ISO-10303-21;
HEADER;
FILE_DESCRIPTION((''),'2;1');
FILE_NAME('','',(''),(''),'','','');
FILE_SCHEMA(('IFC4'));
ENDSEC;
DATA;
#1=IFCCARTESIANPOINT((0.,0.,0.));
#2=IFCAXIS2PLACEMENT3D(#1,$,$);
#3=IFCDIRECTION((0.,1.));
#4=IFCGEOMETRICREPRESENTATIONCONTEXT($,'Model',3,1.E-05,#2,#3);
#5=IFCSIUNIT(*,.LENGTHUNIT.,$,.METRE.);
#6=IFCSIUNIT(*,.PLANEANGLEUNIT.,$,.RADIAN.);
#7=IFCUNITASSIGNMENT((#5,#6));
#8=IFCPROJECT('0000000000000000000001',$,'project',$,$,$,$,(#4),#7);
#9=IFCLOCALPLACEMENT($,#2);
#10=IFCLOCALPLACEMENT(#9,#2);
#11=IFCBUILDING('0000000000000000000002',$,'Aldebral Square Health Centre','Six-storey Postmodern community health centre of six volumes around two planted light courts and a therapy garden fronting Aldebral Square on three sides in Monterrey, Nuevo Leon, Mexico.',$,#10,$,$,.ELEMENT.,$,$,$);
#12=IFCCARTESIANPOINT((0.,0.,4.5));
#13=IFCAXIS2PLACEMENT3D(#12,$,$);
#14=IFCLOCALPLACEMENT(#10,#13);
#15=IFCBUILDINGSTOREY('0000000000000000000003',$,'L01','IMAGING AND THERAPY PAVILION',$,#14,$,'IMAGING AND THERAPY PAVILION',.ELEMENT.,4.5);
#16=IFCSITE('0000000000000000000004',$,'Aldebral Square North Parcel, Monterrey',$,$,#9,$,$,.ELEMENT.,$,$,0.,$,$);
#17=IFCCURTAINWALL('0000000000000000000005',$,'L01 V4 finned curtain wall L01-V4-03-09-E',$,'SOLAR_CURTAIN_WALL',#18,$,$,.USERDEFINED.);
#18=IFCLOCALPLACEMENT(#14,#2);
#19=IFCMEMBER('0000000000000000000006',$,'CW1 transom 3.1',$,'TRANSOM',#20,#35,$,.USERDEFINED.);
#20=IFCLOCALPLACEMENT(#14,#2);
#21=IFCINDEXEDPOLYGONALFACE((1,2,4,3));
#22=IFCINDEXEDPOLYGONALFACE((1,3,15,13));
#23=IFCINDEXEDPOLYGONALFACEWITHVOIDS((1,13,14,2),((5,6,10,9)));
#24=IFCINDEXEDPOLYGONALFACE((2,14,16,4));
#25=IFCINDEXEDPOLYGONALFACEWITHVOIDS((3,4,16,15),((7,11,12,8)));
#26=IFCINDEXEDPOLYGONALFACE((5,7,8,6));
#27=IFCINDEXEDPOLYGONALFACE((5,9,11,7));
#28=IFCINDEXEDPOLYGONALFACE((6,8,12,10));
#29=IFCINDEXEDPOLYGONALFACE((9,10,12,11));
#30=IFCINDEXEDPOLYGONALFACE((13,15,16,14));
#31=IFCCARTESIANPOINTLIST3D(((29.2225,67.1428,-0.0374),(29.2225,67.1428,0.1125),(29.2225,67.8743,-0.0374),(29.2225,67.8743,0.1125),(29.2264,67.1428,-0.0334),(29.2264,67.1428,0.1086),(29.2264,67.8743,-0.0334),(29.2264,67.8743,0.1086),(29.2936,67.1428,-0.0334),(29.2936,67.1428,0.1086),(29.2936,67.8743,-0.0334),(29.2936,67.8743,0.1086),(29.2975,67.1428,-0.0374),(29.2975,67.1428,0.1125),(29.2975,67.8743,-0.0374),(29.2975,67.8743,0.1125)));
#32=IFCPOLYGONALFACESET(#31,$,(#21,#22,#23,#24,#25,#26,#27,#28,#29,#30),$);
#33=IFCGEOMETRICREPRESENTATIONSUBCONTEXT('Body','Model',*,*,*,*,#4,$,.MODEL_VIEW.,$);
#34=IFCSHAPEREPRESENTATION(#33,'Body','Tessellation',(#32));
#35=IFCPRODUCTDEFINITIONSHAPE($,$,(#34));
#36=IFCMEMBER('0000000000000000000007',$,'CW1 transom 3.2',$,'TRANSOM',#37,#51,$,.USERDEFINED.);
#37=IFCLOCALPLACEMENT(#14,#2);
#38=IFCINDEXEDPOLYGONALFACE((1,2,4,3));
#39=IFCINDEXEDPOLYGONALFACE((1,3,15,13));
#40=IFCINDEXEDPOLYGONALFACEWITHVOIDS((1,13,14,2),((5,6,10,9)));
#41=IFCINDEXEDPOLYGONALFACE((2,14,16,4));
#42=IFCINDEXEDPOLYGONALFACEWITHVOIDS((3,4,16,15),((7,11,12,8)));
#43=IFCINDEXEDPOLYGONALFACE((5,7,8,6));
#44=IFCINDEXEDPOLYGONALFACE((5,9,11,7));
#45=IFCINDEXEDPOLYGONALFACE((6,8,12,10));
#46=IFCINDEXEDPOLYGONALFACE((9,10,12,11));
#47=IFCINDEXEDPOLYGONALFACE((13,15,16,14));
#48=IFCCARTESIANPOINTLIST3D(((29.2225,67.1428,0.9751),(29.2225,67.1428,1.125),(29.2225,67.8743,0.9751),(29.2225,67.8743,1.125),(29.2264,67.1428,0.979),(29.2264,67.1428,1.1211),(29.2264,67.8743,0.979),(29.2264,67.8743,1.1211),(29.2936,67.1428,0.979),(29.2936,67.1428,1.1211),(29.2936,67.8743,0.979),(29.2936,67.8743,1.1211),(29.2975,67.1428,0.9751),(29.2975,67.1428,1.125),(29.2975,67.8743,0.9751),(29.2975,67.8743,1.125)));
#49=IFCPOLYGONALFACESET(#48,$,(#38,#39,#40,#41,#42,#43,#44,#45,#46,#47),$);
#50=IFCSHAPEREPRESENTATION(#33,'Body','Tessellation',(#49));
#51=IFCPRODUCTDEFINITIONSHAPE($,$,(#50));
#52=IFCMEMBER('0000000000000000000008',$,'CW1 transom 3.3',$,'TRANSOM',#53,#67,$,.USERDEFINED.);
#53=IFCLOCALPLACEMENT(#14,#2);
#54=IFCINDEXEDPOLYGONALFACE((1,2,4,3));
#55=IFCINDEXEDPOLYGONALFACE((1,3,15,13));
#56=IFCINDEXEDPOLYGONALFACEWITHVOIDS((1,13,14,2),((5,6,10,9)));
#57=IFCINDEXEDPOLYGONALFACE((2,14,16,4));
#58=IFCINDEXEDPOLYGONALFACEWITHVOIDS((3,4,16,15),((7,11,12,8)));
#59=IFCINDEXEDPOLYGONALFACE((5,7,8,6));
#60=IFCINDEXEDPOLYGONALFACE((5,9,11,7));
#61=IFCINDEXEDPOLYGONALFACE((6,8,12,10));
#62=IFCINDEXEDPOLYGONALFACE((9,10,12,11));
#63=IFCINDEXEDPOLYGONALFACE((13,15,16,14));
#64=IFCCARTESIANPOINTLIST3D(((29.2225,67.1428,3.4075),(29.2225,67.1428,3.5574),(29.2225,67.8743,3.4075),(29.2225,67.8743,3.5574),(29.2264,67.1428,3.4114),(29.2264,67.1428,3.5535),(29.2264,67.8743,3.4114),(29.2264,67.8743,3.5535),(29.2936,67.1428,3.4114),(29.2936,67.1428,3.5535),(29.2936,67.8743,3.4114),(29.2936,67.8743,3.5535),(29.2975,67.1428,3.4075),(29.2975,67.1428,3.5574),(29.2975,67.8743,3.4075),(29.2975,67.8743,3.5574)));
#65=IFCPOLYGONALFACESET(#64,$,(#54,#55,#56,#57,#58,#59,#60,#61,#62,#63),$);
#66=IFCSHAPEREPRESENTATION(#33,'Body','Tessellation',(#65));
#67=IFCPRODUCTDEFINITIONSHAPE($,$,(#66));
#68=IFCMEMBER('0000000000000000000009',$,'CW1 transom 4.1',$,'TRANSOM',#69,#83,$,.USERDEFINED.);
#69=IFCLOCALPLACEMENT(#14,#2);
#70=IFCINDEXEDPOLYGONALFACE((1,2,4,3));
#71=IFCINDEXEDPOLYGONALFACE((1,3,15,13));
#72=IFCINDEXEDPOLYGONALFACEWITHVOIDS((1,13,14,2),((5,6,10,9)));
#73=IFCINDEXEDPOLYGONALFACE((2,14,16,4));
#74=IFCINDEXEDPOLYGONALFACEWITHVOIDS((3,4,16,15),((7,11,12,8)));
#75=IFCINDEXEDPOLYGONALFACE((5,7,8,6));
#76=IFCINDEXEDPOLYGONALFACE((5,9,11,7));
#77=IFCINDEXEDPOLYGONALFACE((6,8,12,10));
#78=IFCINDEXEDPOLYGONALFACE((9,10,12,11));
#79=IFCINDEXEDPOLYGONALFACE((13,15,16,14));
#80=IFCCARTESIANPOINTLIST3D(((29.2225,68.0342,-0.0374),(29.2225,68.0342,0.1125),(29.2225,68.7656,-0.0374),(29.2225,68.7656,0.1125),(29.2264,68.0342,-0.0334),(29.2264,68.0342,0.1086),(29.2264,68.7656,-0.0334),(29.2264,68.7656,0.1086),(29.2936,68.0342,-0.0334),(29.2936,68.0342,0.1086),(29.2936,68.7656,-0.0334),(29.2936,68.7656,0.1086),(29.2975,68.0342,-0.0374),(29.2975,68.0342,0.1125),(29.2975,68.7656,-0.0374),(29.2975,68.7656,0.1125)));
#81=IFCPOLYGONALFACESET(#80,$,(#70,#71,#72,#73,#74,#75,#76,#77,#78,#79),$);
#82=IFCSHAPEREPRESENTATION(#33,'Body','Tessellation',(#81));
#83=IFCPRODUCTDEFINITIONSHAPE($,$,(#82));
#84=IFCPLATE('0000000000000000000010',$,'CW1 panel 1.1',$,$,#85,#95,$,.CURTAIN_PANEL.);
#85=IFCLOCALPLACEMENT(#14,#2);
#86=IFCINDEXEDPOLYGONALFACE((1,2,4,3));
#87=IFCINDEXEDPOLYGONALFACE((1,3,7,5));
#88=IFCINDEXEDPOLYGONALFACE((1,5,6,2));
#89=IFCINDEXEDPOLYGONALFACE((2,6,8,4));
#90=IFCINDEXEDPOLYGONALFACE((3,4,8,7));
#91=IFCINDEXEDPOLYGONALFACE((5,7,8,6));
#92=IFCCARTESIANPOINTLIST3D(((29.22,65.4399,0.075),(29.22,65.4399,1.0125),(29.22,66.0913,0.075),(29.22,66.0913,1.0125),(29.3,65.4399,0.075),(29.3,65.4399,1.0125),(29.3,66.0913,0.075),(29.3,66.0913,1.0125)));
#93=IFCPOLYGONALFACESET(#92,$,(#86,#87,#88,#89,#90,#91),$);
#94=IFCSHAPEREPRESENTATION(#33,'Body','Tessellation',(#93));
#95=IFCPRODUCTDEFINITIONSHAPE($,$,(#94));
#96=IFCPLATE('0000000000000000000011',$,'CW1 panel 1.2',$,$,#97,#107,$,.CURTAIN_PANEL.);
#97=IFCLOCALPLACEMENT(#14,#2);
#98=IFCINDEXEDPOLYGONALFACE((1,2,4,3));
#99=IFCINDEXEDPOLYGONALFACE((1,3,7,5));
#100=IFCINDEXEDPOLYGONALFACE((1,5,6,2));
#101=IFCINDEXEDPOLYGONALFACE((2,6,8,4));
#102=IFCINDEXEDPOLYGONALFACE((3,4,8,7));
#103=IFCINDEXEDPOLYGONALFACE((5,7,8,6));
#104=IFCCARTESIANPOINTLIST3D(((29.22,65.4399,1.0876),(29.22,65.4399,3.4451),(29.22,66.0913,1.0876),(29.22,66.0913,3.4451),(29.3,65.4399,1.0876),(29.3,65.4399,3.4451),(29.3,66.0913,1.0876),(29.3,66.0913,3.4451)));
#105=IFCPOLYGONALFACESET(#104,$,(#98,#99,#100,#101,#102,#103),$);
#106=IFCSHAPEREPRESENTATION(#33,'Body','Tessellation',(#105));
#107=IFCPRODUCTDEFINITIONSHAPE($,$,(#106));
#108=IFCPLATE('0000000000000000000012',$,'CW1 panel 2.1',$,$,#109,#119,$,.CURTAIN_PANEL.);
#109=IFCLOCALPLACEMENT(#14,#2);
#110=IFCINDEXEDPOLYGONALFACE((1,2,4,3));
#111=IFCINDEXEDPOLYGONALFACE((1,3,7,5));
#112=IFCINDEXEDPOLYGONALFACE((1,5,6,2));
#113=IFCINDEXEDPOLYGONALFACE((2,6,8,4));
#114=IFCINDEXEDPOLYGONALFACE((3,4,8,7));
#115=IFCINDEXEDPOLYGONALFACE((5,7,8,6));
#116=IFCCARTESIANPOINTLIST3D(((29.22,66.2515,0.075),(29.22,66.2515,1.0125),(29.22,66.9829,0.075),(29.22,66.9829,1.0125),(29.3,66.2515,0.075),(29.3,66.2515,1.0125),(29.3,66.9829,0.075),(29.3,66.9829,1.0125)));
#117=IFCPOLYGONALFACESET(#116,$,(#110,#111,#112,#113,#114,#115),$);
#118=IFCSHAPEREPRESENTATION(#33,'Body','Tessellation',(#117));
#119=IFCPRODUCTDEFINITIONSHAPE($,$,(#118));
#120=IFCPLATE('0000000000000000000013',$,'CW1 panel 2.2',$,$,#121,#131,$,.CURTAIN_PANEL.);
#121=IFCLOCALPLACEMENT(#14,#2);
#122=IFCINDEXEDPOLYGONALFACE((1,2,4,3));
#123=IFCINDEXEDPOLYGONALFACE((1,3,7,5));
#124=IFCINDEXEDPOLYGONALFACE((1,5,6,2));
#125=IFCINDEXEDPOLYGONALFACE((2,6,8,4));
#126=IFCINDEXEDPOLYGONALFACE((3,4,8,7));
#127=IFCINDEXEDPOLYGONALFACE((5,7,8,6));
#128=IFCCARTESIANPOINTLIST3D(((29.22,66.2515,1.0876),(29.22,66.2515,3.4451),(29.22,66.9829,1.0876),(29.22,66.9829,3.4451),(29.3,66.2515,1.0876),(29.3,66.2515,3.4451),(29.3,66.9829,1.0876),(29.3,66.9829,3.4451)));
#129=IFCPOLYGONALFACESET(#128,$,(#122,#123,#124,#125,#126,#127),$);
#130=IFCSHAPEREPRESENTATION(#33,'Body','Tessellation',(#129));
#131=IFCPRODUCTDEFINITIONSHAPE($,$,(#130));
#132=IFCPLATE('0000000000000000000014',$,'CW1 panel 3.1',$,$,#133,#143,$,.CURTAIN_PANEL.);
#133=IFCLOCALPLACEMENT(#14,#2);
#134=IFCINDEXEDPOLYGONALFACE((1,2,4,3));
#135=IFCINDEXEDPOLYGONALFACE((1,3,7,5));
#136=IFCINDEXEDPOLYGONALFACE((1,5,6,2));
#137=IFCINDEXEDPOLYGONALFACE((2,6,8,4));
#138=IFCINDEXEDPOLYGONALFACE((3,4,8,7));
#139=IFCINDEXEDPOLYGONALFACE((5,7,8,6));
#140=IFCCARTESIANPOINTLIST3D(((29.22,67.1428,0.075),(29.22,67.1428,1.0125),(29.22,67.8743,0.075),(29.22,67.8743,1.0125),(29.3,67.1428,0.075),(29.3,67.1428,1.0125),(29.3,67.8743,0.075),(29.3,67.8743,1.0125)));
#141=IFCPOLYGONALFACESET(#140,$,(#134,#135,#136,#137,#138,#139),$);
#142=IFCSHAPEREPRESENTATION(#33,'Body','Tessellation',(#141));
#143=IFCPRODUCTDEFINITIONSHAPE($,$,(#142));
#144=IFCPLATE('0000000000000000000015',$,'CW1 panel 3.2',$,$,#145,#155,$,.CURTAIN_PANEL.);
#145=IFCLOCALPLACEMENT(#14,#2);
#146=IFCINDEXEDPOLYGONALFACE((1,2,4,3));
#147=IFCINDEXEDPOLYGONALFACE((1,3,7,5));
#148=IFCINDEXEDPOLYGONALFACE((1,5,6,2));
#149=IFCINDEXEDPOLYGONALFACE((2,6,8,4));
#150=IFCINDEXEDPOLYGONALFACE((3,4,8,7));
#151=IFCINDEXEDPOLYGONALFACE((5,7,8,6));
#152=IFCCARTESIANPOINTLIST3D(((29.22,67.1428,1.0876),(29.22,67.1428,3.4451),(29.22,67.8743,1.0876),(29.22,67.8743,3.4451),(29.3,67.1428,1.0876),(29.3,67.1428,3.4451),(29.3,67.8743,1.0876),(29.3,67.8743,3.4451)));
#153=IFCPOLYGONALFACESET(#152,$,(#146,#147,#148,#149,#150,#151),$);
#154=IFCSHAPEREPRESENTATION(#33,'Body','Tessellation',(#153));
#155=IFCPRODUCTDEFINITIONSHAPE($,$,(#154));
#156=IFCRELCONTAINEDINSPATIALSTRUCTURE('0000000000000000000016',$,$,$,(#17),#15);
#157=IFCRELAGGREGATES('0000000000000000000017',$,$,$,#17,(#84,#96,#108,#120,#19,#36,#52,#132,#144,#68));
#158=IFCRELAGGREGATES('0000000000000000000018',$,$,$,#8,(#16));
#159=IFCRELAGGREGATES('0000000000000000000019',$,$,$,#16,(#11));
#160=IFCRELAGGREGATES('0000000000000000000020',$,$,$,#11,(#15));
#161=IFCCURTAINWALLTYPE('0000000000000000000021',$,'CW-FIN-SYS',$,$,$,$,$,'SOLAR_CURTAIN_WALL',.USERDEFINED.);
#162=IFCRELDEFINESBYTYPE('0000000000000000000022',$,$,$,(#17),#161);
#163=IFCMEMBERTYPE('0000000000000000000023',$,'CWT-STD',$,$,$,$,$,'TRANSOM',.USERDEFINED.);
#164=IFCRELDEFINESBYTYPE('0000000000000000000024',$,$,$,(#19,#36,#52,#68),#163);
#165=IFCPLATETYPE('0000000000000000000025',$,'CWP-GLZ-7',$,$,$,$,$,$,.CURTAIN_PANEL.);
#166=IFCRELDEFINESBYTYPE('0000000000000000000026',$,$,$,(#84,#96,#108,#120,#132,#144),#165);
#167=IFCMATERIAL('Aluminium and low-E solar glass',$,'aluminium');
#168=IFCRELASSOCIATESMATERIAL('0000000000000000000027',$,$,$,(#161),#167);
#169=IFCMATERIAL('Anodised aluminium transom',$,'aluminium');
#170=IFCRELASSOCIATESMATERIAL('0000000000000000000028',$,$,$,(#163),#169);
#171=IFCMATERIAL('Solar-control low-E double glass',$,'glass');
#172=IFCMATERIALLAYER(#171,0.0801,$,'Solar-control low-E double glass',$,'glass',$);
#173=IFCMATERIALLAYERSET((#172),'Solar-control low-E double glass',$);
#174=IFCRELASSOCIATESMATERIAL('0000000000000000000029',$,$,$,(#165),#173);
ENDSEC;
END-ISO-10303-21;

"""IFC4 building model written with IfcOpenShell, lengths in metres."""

from ifc_helpers import new_model, si_unit, direction, frame, origin, origin_2d, place, context, subcontext, project, spatial, rectangle, hollow_rectangle, extrude, material, layer, layer_set, material_profile, profile_set, type_object, element, aggregate, save


model = new_model("IFC4")

# Units and contexts
model_context = context("Model", 3, precision=1e-05, world=origin(), true_north=direction((0.0, 1.0)))
body_context = subcontext(model_context, "Body", "Model", "MODEL_VIEW")
ifc_project = project(units=[si_unit("LENGTHUNIT", "METRE"), si_unit("PLANEANGLEUNIT", "RADIAN")], contexts=[model_context])

# Site, building, storey
site_placement = place(None, origin())
site = spatial("IfcSite", under=ifc_project, at=site_placement, Name="Aldebral Square North Parcel, Monterrey", CompositionType="ELEMENT", RefElevation=0.0)
building_placement = place(site_placement, origin())
building = spatial("IfcBuilding", under=site, at=building_placement, Name="Aldebral Square Health Centre", Description="Six-storey Postmodern community health centre of six volumes around two planted light courts and a therapy garden fronting Aldebral Square on three sides in Monterrey, Nuevo Leon, Mexico.", CompositionType="ELEMENT")
storey_placement = place(building_placement, frame((0.0, 0.0, 4.5)))
storey = spatial("IfcBuildingStorey", under=building, at=storey_placement, Name="L01", Description="IMAGING AND THERAPY PAVILION", LongName="IMAGING AND THERAPY PAVILION", CompositionType="ELEMENT", Elevation=4.5)

# Shared definitions
ifc_material_1 = material(Name="Aluminium and low-E solar glass", Category="aluminium")
curtain_wall_type = type_object("IfcCurtainWallType", Name="CW-FIN-SYS", ElementType="SOLAR_CURTAIN_WALL", PredefinedType="USERDEFINED", material=ifc_material_1)

# Curtain wall, members, plates
curtain_wall_1_placement = place(storey_placement, origin())
curtain_wall_1 = element("IfcCurtainWall", 1, at=curtain_wall_1_placement, inside=storey, type_object=curtain_wall_type, Name="L01 V4 finned curtain wall L01-V4-03-09-E", ObjectType="SOLAR_CURTAIN_WALL", PredefinedType="USERDEFINED")
ifc_material_2 = material(Name="Anodised aluminium transom", Category="aluminium")
ifc_material_profile_1 = material_profile(ifc_material_2, hollow_rectangle(XDim=0.075, YDim=0.1499, WallThickness=0.0039, at=origin_2d()), Name="CWT 75x150x4")
ifc_profile_set_1 = profile_set([ifc_material_profile_1], Name="Anodised aluminium transom")
member_type_1 = type_object("IfcMemberType", Name="CWT-STD", ElementType="TRANSOM", PredefinedType="USERDEFINED", material=ifc_profile_set_1)
member_1_placement = place(storey_placement, frame((29.26, 67.1428, 0.0376), z_axis=(0.0, 1.0, 0.0), x_axis=(-1.0, 0.0, 0.0)))
member_1 = element("IfcMember", 2, at=member_1_placement, type_object=member_type_1, Name="CW1 transom 3.1", ObjectType="TRANSOM", PredefinedType="USERDEFINED", context=body_context, shape_type="SweptSolid", body=[
    extrude(hollow_rectangle(XDim=0.075, YDim=0.1499, WallThickness=0.0039, at=origin_2d()), origin(), (0.0, 0.0, 1.0), 0.7314),
])
member_2_placement = place(storey_placement, frame((29.26, 67.1428, 1.05), z_axis=(0.0, 1.0, 0.0), x_axis=(-1.0, 0.0, 0.0)))
member_2 = element("IfcMember", 3, at=member_2_placement, type_object=member_type_1, Name="CW1 transom 3.2", ObjectType="TRANSOM", PredefinedType="USERDEFINED", context=body_context, shape_type="SweptSolid", body=[
    extrude(hollow_rectangle(XDim=0.075, YDim=0.1499, WallThickness=0.0039, at=origin_2d()), origin(), (0.0, 0.0, 1.0), 0.7314),
])
member_3_placement = place(storey_placement, frame((29.26, 67.1428, 3.4824), z_axis=(0.0, 1.0, 0.0), x_axis=(-1.0, 0.0, 0.0)))
member_3 = element("IfcMember", 4, at=member_3_placement, type_object=member_type_1, Name="CW1 transom 3.3", ObjectType="TRANSOM", PredefinedType="USERDEFINED", context=body_context, shape_type="SweptSolid", body=[
    extrude(hollow_rectangle(XDim=0.075, YDim=0.1499, WallThickness=0.0039, at=origin_2d()), origin(), (0.0, 0.0, 1.0), 0.7314),
])
member_4_placement = place(storey_placement, frame((29.26, 68.0342, 0.0376), z_axis=(0.0, 1.0, 0.0), x_axis=(-1.0, 0.0, 0.0)))
member_4 = element("IfcMember", 5, at=member_4_placement, type_object=member_type_1, Name="CW1 transom 4.1", ObjectType="TRANSOM", PredefinedType="USERDEFINED", context=body_context, shape_type="SweptSolid", body=[
    extrude(hollow_rectangle(XDim=0.075, YDim=0.1499, WallThickness=0.0039, at=origin_2d()), origin(), (0.0, 0.0, 1.0), 0.7314),
])
ifc_material_3 = material(Name="Solar-control low-E double glass", Category="glass")
ifc_layer = layer(ifc_material_3, 0.0801, Name="Solar-control low-E double glass", Category="glass")
ifc_layer_set = layer_set([ifc_layer], Name="Solar-control low-E double glass")
plate_type = type_object("IfcPlateType", Name="CWP-GLZ-7", PredefinedType="CURTAIN_PANEL", material=ifc_layer_set)
plate_1_placement = place(storey_placement, frame((29.26, 65.7656, 0.075), z_axis=(0.0, 0.0, 1.0), x_axis=(0.0, 1.0, 0.0)))
plate_1 = element("IfcPlate", 6, at=plate_1_placement, type_object=plate_type, Name="CW1 panel 1.1", PredefinedType="CURTAIN_PANEL", context=body_context, shape_type="SweptSolid", body=[
    extrude(rectangle(XDim=0.6514, YDim=0.0801, at=origin_2d()), origin(), (0.0, 0.0, 1.0), 0.9375),
])
plate_2_placement = place(storey_placement, frame((29.26, 65.7656, 1.0876), z_axis=(0.0, 0.0, 1.0), x_axis=(0.0, 1.0, 0.0)))
plate_2 = element("IfcPlate", 7, at=plate_2_placement, type_object=plate_type, Name="CW1 panel 1.2", PredefinedType="CURTAIN_PANEL", context=body_context, shape_type="SweptSolid", body=[
    extrude(rectangle(XDim=0.6514, YDim=0.0801, at=origin_2d()), origin(), (0.0, 0.0, 1.0), 2.3574),
])
plate_3_placement = place(storey_placement, frame((29.26, 66.6172, 0.075), z_axis=(0.0, 0.0, 1.0), x_axis=(0.0, 1.0, 0.0)))
plate_3 = element("IfcPlate", 8, at=plate_3_placement, type_object=plate_type, Name="CW1 panel 2.1", PredefinedType="CURTAIN_PANEL", context=body_context, shape_type="SweptSolid", body=[
    extrude(rectangle(XDim=0.7314, YDim=0.0801, at=origin_2d()), origin(), (0.0, 0.0, 1.0), 0.9375),
])
plate_4_placement = place(storey_placement, frame((29.26, 66.6172, 1.0876), z_axis=(0.0, 0.0, 1.0), x_axis=(0.0, 1.0, 0.0)))
plate_4 = element("IfcPlate", 9, at=plate_4_placement, type_object=plate_type, Name="CW1 panel 2.2", PredefinedType="CURTAIN_PANEL", context=body_context, shape_type="SweptSolid", body=[
    extrude(rectangle(XDim=0.7314, YDim=0.0801, at=origin_2d()), origin(), (0.0, 0.0, 1.0), 2.3574),
])
plate_5_placement = place(storey_placement, frame((29.26, 67.5085, 0.075), z_axis=(0.0, 0.0, 1.0), x_axis=(0.0, 1.0, 0.0)))
plate_5 = element("IfcPlate", 10, at=plate_5_placement, type_object=plate_type, Name="CW1 panel 3.1", PredefinedType="CURTAIN_PANEL", context=body_context, shape_type="SweptSolid", body=[
    extrude(rectangle(XDim=0.7314, YDim=0.0801, at=origin_2d()), origin(), (0.0, 0.0, 1.0), 0.9375),
])
plate_6_placement = place(storey_placement, frame((29.26, 67.5085, 1.0876), z_axis=(0.0, 0.0, 1.0), x_axis=(0.0, 1.0, 0.0)))
plate_6 = element("IfcPlate", 11, at=plate_6_placement, type_object=plate_type, Name="CW1 panel 3.2", PredefinedType="CURTAIN_PANEL", context=body_context, shape_type="SweptSolid", body=[
    extrude(rectangle(XDim=0.7314, YDim=0.0801, at=origin_2d()), origin(), (0.0, 0.0, 1.0), 2.3574),
])
aggregate(curtain_wall_1, [plate_1, plate_2, plate_3, plate_4, member_1, member_2, member_3, plate_5, plate_6, member_4])

save(model, "model.ifc")
